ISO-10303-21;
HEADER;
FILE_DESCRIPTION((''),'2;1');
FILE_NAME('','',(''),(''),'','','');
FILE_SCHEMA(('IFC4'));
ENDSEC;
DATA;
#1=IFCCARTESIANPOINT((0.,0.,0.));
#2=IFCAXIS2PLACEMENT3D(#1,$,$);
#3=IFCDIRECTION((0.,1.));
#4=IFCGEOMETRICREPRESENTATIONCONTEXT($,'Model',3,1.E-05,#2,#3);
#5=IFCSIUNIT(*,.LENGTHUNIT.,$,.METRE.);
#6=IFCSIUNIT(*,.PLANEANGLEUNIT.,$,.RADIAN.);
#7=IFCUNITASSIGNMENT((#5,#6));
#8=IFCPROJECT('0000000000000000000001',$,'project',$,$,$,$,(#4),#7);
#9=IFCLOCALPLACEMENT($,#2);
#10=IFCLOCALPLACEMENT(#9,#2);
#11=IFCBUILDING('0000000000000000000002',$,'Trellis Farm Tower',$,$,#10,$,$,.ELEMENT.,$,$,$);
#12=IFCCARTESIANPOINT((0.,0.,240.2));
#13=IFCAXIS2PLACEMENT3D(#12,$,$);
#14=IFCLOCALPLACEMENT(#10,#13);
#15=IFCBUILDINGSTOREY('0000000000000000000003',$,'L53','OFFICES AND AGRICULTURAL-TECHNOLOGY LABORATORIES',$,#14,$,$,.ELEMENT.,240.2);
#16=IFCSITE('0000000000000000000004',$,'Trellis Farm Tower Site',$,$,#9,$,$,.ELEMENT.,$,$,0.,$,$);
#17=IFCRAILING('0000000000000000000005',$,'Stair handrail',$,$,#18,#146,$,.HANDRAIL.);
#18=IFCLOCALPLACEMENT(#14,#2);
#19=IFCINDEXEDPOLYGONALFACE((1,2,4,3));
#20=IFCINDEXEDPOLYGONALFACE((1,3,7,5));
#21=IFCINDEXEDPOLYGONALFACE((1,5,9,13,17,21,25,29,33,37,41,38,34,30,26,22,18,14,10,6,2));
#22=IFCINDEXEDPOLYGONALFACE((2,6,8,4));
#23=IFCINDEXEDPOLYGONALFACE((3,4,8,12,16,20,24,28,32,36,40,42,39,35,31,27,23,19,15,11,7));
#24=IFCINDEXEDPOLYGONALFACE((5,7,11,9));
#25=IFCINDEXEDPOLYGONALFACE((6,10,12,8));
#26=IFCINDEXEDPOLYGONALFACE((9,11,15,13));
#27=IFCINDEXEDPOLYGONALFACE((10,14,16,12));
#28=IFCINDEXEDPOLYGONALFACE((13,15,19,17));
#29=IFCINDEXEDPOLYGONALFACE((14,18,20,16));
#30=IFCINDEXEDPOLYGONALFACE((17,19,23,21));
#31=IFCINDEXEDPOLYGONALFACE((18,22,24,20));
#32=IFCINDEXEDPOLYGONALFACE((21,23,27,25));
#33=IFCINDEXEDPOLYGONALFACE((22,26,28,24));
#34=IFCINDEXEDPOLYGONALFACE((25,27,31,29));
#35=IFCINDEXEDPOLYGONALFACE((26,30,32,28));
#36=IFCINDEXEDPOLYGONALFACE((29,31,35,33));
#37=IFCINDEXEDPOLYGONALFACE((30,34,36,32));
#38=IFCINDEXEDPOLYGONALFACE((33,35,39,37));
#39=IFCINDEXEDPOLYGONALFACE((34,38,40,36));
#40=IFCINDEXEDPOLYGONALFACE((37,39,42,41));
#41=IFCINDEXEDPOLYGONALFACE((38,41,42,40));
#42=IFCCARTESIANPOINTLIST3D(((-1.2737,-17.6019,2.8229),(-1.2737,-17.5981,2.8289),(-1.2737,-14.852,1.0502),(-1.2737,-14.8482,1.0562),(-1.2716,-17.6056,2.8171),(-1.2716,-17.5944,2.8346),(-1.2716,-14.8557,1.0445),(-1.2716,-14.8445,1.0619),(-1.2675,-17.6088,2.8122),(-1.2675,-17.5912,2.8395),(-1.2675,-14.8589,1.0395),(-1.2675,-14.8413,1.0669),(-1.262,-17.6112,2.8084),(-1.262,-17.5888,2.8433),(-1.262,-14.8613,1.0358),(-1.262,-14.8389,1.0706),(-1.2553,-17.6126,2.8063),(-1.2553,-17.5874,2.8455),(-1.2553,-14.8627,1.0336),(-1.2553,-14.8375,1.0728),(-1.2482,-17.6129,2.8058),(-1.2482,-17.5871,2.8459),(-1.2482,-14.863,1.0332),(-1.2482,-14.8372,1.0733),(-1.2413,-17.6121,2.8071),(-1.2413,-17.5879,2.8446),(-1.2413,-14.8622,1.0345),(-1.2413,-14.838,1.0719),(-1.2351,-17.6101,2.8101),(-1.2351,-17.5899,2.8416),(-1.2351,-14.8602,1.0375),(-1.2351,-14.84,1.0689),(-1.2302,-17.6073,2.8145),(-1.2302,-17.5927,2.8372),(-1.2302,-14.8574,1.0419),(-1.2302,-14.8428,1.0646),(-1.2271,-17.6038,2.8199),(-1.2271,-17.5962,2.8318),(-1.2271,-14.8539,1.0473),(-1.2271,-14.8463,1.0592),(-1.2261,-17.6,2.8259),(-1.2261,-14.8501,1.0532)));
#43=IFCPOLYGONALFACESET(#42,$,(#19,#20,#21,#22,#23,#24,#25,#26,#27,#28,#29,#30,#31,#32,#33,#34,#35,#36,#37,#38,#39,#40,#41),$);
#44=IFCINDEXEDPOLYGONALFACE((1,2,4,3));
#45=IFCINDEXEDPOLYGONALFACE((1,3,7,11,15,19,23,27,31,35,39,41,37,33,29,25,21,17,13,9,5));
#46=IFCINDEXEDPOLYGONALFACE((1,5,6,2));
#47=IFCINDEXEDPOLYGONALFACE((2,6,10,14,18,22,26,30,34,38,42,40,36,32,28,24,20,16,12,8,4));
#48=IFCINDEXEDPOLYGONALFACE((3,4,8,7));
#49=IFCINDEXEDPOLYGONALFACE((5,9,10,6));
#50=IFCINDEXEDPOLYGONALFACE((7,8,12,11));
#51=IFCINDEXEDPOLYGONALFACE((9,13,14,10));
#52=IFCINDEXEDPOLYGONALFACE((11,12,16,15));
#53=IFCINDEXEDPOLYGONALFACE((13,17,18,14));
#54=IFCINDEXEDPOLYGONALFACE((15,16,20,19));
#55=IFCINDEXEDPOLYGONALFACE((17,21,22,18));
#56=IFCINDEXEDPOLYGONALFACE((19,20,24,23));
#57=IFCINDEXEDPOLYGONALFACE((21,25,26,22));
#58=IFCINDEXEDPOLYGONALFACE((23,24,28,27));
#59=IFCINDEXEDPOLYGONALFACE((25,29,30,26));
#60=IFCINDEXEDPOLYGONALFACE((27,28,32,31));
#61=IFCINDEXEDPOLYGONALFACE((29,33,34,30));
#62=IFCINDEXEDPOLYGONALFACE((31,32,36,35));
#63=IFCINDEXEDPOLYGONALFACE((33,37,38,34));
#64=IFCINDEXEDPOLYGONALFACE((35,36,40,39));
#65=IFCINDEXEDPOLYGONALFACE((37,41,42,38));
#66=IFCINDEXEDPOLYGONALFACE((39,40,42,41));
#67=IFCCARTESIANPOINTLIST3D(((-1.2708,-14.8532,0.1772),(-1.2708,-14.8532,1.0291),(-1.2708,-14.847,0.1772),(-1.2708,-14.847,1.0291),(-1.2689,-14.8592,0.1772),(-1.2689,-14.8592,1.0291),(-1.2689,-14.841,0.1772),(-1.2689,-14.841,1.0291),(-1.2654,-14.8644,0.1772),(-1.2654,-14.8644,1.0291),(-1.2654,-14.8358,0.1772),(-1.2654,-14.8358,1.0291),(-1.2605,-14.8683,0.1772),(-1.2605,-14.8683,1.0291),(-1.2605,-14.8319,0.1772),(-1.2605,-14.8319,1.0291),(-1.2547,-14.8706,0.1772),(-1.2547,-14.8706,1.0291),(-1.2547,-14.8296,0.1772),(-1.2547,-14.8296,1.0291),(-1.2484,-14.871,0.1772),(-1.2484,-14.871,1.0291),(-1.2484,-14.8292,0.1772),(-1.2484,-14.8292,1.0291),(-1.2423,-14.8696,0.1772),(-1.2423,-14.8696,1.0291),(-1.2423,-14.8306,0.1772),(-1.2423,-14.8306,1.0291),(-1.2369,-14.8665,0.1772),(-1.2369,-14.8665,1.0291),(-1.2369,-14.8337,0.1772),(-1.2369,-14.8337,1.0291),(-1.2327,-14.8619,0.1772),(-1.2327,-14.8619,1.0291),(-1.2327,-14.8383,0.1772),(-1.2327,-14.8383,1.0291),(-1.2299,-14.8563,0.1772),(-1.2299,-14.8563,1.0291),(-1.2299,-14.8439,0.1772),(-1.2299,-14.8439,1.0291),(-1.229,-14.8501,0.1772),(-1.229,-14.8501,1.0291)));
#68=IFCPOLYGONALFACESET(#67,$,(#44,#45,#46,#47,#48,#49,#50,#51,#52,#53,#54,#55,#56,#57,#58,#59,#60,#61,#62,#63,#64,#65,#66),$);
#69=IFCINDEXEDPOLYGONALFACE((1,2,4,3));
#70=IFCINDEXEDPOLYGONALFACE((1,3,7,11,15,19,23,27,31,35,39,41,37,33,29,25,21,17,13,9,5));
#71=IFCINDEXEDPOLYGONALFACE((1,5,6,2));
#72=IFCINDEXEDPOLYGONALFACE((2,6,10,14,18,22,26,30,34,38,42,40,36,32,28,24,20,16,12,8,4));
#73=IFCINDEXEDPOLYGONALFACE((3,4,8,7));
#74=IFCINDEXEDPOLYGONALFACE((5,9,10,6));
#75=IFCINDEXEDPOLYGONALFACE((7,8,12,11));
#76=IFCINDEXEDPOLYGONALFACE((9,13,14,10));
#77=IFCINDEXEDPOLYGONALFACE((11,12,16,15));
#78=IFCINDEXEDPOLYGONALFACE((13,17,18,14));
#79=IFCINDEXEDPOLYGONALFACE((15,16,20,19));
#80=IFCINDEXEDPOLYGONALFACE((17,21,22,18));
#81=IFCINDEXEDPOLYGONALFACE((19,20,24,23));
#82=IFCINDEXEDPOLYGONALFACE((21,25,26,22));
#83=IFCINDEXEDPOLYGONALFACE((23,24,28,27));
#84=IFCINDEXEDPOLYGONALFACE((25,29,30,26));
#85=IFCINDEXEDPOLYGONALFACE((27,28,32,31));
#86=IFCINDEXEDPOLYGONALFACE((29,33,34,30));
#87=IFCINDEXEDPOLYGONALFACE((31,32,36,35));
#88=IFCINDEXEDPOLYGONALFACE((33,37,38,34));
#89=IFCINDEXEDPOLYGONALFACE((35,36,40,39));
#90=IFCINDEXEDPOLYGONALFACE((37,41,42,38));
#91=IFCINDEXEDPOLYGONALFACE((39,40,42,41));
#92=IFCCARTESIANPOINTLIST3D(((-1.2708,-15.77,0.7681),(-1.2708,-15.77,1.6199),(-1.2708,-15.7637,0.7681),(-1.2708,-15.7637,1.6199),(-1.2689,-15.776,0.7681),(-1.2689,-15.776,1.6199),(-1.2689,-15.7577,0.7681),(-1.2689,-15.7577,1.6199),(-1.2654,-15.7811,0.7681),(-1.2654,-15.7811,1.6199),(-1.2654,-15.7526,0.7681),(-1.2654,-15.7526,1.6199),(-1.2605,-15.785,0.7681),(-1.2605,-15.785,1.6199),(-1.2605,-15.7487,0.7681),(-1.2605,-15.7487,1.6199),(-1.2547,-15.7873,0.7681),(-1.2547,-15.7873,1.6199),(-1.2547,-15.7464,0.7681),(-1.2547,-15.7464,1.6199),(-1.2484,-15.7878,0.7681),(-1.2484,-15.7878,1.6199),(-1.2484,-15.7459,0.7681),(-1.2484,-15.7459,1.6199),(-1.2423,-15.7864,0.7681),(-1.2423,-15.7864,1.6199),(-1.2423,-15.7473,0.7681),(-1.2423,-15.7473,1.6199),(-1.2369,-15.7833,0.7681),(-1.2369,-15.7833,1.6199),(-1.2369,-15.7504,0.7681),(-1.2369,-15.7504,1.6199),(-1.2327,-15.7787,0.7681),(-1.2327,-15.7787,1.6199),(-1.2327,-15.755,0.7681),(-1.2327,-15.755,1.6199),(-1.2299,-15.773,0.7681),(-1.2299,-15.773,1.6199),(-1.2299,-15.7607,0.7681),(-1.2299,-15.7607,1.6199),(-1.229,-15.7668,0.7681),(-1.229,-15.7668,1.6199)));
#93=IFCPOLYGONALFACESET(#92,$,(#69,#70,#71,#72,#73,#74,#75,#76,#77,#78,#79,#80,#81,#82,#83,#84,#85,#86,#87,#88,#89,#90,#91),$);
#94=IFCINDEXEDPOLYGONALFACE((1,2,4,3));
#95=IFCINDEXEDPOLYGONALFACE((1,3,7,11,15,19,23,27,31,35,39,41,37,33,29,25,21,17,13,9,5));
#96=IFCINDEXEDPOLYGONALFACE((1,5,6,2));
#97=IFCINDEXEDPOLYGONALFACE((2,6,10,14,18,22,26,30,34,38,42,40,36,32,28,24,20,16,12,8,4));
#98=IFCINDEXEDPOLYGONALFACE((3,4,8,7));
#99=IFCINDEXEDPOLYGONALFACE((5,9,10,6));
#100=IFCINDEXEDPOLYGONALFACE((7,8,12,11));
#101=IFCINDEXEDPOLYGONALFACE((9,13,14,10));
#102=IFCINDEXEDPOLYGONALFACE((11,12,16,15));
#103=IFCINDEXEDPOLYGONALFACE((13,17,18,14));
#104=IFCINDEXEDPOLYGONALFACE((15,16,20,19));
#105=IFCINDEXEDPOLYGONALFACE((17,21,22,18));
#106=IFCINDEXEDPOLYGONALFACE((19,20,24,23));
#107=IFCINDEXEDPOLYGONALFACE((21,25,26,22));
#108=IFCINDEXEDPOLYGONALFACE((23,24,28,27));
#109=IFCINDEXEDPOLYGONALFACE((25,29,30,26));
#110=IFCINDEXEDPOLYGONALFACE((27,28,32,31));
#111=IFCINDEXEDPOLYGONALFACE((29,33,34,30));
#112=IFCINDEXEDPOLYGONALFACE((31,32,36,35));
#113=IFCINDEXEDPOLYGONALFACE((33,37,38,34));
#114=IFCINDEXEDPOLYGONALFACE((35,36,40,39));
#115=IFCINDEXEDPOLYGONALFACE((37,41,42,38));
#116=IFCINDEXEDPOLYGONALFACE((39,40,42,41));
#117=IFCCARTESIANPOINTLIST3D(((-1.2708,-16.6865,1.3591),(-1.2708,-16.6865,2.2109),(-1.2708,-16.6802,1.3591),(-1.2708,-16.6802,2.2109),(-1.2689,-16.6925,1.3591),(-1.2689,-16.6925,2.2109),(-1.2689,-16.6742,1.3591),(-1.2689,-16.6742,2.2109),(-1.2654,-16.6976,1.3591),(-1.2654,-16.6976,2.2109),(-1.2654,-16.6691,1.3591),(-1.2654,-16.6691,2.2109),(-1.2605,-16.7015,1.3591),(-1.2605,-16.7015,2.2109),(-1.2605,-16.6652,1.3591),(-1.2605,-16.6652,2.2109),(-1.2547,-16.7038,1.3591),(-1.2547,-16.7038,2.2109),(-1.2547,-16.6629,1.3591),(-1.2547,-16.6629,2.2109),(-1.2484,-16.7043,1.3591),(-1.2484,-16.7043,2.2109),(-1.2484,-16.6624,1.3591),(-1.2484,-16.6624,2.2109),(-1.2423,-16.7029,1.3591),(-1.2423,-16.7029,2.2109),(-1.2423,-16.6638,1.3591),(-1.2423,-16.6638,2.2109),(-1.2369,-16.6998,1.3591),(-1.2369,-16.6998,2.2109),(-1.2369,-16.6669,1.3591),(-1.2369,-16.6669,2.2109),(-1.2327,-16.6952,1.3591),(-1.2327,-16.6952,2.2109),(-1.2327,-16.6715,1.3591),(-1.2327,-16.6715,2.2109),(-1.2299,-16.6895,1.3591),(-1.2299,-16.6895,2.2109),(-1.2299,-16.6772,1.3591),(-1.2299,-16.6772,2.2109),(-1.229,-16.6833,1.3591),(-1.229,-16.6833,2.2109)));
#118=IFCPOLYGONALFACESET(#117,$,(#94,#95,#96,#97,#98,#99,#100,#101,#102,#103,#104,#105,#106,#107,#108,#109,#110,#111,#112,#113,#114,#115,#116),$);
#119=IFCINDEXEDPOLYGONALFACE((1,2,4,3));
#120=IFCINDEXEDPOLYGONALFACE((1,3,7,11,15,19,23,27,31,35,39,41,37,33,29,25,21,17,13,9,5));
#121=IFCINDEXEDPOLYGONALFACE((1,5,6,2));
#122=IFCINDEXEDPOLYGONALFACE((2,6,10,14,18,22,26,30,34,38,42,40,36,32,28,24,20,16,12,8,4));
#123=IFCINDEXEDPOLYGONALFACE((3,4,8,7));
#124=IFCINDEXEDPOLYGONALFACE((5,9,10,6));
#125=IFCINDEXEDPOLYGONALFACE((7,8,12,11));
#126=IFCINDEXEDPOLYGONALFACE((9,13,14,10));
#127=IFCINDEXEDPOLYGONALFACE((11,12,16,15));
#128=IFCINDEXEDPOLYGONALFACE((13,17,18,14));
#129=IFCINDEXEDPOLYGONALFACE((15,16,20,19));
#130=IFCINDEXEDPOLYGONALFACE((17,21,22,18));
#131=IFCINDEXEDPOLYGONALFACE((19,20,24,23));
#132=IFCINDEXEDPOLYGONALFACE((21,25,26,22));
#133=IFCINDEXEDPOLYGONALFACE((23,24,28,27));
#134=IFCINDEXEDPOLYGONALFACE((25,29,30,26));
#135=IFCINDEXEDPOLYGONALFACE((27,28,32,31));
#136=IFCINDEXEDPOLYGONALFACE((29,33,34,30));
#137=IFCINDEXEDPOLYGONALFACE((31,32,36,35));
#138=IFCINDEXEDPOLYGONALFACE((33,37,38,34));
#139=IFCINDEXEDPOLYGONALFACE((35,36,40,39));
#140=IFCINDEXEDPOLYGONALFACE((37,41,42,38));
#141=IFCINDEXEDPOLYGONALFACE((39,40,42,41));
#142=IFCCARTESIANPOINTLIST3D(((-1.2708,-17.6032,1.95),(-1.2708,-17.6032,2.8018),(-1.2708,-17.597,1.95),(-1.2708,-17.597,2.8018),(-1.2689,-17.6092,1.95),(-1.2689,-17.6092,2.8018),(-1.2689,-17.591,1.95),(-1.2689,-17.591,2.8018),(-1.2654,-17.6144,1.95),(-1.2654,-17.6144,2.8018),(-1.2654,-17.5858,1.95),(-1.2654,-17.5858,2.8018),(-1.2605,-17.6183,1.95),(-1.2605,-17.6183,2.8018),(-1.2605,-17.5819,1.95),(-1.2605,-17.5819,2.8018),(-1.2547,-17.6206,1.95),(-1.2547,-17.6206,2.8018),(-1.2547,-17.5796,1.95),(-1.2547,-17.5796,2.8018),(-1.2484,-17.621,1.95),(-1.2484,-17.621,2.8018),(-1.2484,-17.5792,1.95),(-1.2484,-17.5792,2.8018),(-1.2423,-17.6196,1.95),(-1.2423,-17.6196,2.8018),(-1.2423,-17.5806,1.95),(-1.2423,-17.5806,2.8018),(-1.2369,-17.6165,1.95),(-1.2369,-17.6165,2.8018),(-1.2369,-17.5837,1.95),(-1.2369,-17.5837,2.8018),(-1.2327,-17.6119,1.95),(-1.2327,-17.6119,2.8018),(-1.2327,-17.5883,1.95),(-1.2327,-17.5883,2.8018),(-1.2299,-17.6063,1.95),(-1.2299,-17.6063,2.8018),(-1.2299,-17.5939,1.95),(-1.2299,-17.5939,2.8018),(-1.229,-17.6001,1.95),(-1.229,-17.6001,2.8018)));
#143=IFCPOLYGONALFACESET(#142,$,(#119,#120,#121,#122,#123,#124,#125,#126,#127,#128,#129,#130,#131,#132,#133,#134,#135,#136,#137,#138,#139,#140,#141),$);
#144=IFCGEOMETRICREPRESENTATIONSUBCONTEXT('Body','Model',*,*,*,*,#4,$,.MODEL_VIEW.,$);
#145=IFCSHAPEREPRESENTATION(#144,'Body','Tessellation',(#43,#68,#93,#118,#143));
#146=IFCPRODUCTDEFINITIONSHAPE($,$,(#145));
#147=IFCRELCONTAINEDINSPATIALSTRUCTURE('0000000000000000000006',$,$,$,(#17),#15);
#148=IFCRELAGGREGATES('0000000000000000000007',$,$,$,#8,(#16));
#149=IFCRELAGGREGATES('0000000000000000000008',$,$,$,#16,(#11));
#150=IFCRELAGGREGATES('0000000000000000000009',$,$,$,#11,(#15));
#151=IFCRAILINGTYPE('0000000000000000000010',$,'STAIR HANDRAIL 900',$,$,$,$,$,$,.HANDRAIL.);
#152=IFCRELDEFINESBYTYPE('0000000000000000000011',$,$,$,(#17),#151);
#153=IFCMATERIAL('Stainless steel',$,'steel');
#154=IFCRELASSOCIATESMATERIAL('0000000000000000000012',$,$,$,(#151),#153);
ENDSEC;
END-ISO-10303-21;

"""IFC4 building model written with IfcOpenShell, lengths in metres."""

from ifc_helpers import new_model, si_unit, direction, frame, origin, origin_2d, place, context, subcontext, project, spatial, circle, extrude, source, transform, mapped, material, type_object, element, save


model = new_model("IFC4")

# Units and contexts
model_context = context("Model", 3, precision=1e-05, world=origin(), true_north=direction((0.0, 1.0)))
body_context = subcontext(model_context, "Body", "Model", "MODEL_VIEW")
ifc_project = project(units=[si_unit("LENGTHUNIT", "METRE"), si_unit("PLANEANGLEUNIT", "RADIAN")], contexts=[model_context])

# Site, building, storey
site_placement = place(None, origin())
site = spatial("IfcSite", under=ifc_project, at=site_placement, Name="Trellis Farm Tower Site", CompositionType="ELEMENT", RefElevation=0.0)
building_placement = place(site_placement, origin())
building = spatial("IfcBuilding", under=site, at=building_placement, Name="Trellis Farm Tower", CompositionType="ELEMENT")
storey_placement = place(building_placement, frame((0.0, 0.0, 240.2)))
storey = spatial("IfcBuildingStorey", under=building, at=storey_placement, Name="L53", Description="OFFICES AND AGRICULTURAL-TECHNOLOGY LABORATORIES", CompositionType="ELEMENT", Elevation=240.2)

# Railing
ifc_material_1 = material(Name="Stainless steel", Category="steel")
railing_type = type_object("IfcRailingType", Name="STAIR HANDRAIL 900", PredefinedType="HANDRAIL", material=ifc_material_1)
shared_shape_1 = source(origin(), body_context, "Body", "SweptSolid", [
    extrude(circle(Radius=0.0239, at=origin_2d()), frame((0.0, 0.0, 0.876), z_axis=(0.0, -0.840504, 0.541806), x_axis=(1.0, 0.0, 0.0)), (0.0, 0.0, 1.0), 3.2717),
    extrude(circle(Radius=0.021, at=origin_2d()), origin(), (0.0, 0.0, 1.0), 0.8518),
    extrude(circle(Radius=0.021, at=origin_2d()), frame((0.0, -0.9167, 0.5908)), (0.0, 0.0, 1.0), 0.8518),
    extrude(circle(Radius=0.021, at=origin_2d()), frame((0.0, -1.8333, 1.1819)), (0.0, 0.0, 1.0), 0.8518),
    extrude(circle(Radius=0.021, at=origin_2d()), frame((0.0, -2.75, 1.7727)), (0.0, 0.0, 1.0), 0.8518),
])
railing_placement = place(storey_placement, frame((-1.25, -14.8501, 0.1772)))
element("IfcRailing", 1, at=railing_placement, inside=storey, type_object=railing_type, Name="Stair handrail", PredefinedType="HANDRAIL", context=body_context, shape_type="MappedRepresentation", body=[
    mapped(shared_shape_1, transform((0.0, 0.0, 0.0))),
])

save(model, "model.ifc")
